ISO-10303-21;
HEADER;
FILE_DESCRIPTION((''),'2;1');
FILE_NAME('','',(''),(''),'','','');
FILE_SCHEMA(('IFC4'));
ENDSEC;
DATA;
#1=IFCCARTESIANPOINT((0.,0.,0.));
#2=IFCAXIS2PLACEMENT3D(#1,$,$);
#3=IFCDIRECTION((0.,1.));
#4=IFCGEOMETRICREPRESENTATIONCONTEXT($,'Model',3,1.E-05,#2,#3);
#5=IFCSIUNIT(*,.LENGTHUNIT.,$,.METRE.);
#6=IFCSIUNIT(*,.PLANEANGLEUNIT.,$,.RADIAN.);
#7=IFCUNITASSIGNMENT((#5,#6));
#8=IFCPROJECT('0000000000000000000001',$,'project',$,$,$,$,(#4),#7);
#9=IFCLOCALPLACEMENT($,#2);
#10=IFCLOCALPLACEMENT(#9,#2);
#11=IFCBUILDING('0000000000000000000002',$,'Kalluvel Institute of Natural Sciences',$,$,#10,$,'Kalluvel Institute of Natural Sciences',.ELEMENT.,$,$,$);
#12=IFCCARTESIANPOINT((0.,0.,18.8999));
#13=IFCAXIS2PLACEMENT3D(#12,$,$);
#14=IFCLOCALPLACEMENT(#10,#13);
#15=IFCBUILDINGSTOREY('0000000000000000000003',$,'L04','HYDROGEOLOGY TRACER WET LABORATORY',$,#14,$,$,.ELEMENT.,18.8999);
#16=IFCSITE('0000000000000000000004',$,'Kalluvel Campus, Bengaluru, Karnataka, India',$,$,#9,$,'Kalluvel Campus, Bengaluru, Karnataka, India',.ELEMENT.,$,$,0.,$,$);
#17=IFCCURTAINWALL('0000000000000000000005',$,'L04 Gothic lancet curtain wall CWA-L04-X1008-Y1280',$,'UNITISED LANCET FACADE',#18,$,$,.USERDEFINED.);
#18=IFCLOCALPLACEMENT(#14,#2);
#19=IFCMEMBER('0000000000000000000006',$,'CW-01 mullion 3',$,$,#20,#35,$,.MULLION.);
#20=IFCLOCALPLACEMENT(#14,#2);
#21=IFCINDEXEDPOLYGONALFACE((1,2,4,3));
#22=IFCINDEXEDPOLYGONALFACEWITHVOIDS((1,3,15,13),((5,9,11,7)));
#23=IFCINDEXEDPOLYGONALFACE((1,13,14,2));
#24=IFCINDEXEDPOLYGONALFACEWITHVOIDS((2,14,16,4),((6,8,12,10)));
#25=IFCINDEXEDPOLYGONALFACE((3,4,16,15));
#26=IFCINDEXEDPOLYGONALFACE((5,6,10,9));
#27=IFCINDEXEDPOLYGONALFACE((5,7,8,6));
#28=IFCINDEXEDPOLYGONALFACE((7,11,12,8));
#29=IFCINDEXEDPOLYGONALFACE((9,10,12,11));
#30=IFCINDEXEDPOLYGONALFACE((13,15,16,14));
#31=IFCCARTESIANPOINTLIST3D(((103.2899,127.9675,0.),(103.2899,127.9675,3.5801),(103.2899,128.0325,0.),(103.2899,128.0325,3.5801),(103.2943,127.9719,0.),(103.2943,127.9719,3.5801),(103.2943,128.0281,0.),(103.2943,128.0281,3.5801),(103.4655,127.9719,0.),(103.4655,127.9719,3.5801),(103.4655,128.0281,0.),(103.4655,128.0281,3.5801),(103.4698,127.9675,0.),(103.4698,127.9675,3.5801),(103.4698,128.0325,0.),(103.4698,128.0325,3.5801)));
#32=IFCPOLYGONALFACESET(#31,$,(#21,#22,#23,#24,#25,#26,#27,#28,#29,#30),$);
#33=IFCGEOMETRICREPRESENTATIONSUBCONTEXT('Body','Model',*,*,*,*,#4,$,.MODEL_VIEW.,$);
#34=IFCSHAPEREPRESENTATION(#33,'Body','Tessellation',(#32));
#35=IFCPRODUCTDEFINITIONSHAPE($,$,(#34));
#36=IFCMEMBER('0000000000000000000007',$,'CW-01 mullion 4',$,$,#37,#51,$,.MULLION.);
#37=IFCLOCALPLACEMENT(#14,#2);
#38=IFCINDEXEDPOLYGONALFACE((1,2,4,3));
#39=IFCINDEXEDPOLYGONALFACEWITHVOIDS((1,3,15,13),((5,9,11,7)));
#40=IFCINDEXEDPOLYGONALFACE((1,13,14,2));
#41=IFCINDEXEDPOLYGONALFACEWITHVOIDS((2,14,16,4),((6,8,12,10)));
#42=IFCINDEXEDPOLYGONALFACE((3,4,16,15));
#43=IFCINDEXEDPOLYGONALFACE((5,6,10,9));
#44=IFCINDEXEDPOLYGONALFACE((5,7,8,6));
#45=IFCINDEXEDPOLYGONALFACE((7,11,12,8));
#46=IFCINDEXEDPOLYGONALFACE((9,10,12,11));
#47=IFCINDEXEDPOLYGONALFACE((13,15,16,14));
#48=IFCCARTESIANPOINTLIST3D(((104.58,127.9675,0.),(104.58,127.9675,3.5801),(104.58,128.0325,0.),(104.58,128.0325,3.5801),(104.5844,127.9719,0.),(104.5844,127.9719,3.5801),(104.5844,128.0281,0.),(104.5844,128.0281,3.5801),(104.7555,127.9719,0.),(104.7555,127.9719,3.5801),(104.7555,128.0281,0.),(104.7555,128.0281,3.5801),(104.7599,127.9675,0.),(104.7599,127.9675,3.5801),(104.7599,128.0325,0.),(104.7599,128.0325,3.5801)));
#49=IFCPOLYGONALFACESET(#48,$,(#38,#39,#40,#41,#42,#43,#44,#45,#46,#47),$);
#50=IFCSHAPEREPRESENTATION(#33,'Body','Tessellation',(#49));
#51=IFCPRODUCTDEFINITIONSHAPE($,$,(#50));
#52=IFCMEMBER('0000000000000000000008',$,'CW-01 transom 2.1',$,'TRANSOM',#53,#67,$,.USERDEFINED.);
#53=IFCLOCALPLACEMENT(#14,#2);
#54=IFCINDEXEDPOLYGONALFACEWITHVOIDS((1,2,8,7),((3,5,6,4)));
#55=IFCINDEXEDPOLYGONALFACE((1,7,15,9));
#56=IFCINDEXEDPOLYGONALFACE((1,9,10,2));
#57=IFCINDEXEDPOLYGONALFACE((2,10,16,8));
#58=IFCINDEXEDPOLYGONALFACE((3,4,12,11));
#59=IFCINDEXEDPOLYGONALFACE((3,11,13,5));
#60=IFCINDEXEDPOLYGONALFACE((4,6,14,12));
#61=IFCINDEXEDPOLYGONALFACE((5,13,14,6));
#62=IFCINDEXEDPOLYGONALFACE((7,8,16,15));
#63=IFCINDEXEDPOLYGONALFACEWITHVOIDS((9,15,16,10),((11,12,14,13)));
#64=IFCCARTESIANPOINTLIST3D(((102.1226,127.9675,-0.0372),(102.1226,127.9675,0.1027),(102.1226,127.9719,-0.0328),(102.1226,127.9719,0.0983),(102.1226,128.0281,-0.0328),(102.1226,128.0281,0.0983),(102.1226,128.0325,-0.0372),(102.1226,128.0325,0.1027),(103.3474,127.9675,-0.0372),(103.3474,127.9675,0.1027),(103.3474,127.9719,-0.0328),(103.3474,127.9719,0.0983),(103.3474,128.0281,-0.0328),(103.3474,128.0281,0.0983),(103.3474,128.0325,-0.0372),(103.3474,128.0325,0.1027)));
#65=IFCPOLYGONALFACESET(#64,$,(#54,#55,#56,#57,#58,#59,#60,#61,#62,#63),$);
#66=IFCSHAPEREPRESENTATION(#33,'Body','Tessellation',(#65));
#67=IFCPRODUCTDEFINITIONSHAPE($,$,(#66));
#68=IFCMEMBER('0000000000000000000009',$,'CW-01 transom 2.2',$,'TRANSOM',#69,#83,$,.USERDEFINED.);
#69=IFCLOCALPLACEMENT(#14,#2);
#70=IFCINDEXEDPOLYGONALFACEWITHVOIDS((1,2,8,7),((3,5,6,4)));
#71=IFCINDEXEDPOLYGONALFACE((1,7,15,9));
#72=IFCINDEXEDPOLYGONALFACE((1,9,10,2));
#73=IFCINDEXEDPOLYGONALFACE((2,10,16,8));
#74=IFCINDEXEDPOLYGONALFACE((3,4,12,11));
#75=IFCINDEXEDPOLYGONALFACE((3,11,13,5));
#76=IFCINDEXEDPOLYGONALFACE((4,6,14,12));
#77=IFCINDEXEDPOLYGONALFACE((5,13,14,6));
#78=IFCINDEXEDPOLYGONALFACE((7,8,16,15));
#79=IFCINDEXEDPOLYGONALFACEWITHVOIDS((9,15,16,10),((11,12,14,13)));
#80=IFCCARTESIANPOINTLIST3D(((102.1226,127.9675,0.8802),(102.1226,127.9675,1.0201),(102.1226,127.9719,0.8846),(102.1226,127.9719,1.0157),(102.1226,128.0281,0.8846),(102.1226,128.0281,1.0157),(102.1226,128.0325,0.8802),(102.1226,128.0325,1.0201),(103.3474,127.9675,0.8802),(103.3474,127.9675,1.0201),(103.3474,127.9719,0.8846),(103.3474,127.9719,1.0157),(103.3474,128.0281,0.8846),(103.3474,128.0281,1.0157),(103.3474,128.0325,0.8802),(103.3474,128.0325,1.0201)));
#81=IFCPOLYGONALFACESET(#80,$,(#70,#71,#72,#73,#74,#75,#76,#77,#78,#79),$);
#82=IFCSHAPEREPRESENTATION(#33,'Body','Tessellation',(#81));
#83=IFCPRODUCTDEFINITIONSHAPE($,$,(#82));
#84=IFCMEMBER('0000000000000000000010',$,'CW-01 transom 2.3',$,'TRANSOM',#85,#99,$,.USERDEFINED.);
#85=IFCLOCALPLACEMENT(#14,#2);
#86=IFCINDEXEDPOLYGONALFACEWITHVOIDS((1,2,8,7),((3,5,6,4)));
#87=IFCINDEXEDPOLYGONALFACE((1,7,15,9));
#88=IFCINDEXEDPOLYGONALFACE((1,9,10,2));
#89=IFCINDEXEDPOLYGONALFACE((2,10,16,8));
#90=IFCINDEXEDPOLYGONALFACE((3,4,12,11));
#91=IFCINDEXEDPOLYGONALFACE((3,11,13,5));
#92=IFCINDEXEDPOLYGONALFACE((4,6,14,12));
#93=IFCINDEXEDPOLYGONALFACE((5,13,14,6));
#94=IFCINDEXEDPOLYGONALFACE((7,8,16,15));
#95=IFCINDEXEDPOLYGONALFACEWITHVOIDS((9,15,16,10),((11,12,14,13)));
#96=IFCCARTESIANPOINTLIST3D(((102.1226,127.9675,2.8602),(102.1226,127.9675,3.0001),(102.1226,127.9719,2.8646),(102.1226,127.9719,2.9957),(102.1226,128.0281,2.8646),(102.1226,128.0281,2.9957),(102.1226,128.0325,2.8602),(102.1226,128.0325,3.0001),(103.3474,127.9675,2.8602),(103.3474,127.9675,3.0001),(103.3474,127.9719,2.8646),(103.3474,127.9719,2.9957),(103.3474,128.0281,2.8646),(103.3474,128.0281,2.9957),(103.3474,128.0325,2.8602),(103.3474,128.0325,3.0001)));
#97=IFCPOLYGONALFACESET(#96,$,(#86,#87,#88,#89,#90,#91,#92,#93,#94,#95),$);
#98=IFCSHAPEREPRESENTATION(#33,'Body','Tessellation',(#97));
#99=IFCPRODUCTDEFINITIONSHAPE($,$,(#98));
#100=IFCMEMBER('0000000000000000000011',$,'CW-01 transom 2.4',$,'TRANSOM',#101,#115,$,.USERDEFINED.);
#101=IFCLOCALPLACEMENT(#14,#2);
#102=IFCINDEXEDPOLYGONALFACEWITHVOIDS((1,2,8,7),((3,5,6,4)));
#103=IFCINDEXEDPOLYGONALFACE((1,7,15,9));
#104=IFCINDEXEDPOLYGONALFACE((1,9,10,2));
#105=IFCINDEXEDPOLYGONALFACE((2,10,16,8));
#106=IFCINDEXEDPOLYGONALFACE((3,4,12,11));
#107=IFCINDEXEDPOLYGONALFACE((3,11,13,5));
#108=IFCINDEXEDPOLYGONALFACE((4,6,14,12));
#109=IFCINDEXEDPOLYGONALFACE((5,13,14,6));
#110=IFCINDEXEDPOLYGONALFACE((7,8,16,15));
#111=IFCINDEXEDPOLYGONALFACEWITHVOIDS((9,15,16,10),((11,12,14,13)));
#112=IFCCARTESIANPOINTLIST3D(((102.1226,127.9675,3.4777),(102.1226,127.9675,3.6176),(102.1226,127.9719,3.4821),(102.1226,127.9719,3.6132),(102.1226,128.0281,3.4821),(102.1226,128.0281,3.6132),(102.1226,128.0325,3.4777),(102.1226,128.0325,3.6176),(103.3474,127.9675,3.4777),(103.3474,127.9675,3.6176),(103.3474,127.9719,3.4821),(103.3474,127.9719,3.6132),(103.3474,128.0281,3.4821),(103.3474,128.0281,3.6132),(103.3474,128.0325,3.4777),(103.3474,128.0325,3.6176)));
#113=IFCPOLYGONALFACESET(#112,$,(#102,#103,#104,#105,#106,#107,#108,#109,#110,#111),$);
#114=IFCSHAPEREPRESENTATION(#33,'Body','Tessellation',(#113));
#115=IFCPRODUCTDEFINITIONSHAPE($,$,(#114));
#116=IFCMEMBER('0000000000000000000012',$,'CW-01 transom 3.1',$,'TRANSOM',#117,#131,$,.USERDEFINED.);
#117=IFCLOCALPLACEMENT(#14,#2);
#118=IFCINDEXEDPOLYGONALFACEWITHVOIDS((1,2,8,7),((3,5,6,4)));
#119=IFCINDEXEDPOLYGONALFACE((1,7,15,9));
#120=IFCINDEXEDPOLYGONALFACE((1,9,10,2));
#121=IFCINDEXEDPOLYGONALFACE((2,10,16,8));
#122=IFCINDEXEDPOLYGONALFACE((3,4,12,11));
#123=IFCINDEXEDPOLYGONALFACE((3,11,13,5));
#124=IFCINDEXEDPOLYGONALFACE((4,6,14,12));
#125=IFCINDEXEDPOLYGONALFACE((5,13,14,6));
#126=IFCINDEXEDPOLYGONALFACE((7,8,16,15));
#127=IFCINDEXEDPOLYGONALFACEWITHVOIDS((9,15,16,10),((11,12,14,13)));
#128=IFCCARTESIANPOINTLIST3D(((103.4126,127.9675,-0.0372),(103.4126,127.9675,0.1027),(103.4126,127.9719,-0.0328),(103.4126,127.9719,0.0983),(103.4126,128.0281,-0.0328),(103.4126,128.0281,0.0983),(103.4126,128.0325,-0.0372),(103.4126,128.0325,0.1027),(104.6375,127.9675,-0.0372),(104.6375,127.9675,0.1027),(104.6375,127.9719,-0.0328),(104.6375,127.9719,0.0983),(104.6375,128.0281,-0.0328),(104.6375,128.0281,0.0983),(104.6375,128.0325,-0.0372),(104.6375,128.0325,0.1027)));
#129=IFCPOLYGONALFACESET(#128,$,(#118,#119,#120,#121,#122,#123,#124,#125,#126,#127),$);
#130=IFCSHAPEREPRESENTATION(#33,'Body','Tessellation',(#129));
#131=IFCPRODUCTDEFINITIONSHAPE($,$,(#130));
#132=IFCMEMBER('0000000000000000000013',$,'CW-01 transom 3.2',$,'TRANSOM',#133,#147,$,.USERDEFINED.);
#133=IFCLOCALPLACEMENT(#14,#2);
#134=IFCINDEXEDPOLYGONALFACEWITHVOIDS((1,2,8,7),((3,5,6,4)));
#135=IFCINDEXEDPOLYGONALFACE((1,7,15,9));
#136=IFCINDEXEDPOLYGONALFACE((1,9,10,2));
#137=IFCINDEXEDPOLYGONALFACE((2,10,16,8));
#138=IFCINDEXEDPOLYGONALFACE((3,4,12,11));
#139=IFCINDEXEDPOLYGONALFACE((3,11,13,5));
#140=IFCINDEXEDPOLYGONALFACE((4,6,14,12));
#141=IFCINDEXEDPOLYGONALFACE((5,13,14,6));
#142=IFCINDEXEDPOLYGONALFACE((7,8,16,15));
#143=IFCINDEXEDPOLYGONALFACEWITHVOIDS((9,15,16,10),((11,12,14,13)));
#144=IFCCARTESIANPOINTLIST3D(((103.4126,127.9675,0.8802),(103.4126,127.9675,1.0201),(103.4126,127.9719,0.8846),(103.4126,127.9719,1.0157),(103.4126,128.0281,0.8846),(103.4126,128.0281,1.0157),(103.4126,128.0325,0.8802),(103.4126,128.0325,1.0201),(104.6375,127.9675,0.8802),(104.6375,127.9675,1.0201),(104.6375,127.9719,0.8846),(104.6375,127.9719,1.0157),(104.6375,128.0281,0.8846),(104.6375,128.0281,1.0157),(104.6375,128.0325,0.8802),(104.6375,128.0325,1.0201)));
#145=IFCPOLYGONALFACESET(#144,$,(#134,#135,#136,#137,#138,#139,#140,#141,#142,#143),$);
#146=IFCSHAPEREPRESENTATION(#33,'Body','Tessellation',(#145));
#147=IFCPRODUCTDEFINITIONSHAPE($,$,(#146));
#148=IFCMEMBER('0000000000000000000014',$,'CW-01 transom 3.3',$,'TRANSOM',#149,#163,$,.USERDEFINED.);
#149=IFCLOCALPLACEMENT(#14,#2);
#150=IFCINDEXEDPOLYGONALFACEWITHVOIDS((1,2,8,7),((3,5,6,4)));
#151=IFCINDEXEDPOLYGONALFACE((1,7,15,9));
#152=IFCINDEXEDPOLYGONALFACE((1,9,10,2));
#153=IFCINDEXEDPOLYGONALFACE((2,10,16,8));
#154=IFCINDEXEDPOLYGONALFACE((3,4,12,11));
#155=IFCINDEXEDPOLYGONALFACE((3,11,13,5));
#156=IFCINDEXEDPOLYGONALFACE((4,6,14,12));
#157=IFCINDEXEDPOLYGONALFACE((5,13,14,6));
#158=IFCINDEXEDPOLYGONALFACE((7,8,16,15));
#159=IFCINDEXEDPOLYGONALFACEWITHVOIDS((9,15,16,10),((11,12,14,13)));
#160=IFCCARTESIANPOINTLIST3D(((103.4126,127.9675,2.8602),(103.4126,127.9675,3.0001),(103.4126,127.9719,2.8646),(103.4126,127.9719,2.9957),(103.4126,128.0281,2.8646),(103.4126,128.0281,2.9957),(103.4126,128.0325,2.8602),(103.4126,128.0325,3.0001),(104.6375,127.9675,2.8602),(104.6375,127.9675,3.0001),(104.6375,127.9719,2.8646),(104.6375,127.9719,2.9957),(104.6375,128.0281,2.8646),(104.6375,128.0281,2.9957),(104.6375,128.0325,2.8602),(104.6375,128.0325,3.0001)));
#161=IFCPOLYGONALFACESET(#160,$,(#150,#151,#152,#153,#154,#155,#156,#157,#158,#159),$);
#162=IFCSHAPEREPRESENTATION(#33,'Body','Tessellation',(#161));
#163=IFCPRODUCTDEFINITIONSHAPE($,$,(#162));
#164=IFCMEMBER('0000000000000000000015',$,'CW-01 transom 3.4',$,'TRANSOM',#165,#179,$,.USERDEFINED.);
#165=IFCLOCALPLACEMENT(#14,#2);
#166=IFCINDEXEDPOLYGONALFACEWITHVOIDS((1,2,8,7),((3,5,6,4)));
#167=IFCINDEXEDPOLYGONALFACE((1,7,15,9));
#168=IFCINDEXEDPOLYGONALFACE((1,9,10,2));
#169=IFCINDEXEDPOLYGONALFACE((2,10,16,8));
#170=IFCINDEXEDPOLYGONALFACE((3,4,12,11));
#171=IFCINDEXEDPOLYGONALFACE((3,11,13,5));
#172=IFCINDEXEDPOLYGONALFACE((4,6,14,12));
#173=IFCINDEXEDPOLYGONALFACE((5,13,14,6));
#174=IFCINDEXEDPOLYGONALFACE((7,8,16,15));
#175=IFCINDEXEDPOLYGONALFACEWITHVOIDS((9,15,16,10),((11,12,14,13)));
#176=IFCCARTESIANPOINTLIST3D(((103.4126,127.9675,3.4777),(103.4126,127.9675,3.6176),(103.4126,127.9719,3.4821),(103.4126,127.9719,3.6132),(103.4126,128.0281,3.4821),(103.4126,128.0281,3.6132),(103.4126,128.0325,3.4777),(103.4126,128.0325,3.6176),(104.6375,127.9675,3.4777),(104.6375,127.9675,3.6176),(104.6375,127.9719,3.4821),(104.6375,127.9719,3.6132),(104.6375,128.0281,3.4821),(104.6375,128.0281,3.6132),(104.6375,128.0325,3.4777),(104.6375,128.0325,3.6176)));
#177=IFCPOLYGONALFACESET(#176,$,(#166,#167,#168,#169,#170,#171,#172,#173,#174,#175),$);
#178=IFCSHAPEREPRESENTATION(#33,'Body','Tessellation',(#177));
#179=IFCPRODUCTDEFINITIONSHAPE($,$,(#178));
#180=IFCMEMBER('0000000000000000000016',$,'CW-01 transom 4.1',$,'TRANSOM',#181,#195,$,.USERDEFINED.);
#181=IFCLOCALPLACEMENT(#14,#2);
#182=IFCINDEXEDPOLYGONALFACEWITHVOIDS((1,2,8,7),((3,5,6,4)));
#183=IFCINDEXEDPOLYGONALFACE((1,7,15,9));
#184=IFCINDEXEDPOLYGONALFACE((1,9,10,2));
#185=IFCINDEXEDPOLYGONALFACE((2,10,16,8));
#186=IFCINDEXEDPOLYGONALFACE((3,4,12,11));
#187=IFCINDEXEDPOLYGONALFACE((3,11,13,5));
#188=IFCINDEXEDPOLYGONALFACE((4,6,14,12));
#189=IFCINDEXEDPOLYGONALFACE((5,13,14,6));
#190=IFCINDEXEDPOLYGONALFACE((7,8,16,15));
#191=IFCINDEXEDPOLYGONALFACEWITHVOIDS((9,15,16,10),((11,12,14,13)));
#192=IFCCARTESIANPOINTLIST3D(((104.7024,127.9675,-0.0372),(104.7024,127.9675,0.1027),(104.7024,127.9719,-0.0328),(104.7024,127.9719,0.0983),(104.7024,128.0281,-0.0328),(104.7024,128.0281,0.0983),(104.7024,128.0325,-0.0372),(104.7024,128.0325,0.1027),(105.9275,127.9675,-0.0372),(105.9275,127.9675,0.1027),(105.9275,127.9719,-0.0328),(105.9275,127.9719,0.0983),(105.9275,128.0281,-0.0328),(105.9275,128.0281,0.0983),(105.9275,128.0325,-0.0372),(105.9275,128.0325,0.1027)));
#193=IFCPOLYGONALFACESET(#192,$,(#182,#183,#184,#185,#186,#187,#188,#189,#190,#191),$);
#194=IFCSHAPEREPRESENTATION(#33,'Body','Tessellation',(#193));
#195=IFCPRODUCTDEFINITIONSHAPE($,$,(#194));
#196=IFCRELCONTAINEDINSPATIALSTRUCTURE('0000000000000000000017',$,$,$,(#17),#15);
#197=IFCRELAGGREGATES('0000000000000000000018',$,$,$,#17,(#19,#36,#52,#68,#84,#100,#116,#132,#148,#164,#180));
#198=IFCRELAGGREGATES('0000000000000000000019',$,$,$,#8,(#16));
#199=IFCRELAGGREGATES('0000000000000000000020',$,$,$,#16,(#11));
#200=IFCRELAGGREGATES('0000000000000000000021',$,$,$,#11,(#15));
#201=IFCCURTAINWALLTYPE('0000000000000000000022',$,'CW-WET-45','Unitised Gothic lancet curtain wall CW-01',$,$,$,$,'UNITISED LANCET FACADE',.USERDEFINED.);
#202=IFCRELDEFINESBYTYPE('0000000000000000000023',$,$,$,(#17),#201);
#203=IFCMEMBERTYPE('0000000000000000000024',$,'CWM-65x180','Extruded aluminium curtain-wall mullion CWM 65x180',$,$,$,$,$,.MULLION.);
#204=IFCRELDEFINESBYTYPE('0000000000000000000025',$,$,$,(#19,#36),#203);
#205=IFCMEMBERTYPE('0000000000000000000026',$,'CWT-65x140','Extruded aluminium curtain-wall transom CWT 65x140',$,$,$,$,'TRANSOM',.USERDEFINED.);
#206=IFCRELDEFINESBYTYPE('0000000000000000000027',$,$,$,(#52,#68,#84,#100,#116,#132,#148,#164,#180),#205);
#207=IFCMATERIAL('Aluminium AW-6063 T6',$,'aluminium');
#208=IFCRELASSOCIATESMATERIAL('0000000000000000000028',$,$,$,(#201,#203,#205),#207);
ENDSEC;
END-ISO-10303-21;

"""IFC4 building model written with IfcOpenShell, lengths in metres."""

from ifc_helpers import new_model, si_unit, direction, frame, origin, origin_2d, place, context, subcontext, project, spatial, hollow_rectangle, extrude, material, material_profile, profile_set, type_object, element, aggregate, save


model = new_model("IFC4")

# Units and contexts
model_context = context("Model", 3, precision=1e-05, world=origin(), true_north=direction((0.0, 1.0)))
body_context = subcontext(model_context, "Body", "Model", "MODEL_VIEW")
ifc_project = project(units=[si_unit("LENGTHUNIT", "METRE"), si_unit("PLANEANGLEUNIT", "RADIAN")], contexts=[model_context])

# Site, building, storey
site_placement = place(None, origin())
site = spatial("IfcSite", under=ifc_project, at=site_placement, Name="Kalluvel Campus, Bengaluru, Karnataka, India", LongName="Kalluvel Campus, Bengaluru, Karnataka, India", CompositionType="ELEMENT", RefElevation=0.0)
building_placement = place(site_placement, origin())
building = spatial("IfcBuilding", under=site, at=building_placement, Name="Kalluvel Institute of Natural Sciences", LongName="Kalluvel Institute of Natural Sciences", CompositionType="ELEMENT")
storey_placement = place(building_placement, frame((0.0, 0.0, 18.8999)))
storey = spatial("IfcBuildingStorey", under=building, at=storey_placement, Name="L04", Description="HYDROGEOLOGY TRACER WET LABORATORY", CompositionType="ELEMENT", Elevation=18.8999)

# Curtain wall, members
ifc_material_1 = material(Name="Aluminium AW-6063 T6", Category="aluminium")
curtain_wall_type = type_object("IfcCurtainWallType", Name="CW-WET-45", Description="Unitised Gothic lancet curtain wall CW-01", ElementType="UNITISED LANCET FACADE", PredefinedType="USERDEFINED", material=ifc_material_1)
curtain_wall_placement = place(storey_placement, origin())
curtain_wall = element("IfcCurtainWall", 1, at=curtain_wall_placement, inside=storey, type_object=curtain_wall_type, Name="L04 Gothic lancet curtain wall CWA-L04-X1008-Y1280", ObjectType="UNITISED LANCET FACADE", PredefinedType="USERDEFINED")
ifc_material_profile_1 = material_profile(ifc_material_1, hollow_rectangle(XDim=0.0649, YDim=0.1799, WallThickness=0.0044, at=origin_2d()), Name="CWM 65x180")
ifc_profile_set_1 = profile_set([ifc_material_profile_1], Name="Aluminium AW-6063 T6")
member_type_1 = type_object("IfcMemberType", Name="CWM-65x180", Description="Extruded aluminium curtain-wall mullion CWM 65x180", PredefinedType="MULLION", material=ifc_profile_set_1)
member_1_placement = place(storey_placement, frame((103.3799, 128.0, 0.0), z_axis=(0.0, 0.0, 1.0), x_axis=(0.0, 1.0, 0.0)))
member_1 = element("IfcMember", 2, at=member_1_placement, type_object=member_type_1, Name="CW-01 mullion 3", PredefinedType="MULLION", context=body_context, shape_type="SweptSolid", body=[
    extrude(hollow_rectangle(XDim=0.0649, YDim=0.1799, WallThickness=0.0044, at=origin_2d()), origin(), (0.0, 0.0, 1.0), 3.5801),
])
member_2_placement = place(storey_placement, frame((104.6699, 128.0, 0.0), z_axis=(0.0, 0.0, 1.0), x_axis=(0.0, 1.0, 0.0)))
member_2 = element("IfcMember", 3, at=member_2_placement, type_object=member_type_1, Name="CW-01 mullion 4", PredefinedType="MULLION", context=body_context, shape_type="SweptSolid", body=[
    extrude(hollow_rectangle(XDim=0.0649, YDim=0.1799, WallThickness=0.0044, at=origin_2d()), origin(), (0.0, 0.0, 1.0), 3.5801),
])
ifc_material_profile_2 = material_profile(ifc_material_1, hollow_rectangle(XDim=0.0649, YDim=0.1399, WallThickness=0.0044, at=origin_2d()), Name="CWT 65x140")
ifc_profile_set_2 = profile_set([ifc_material_profile_2], Name="Aluminium AW-6063 T6")
member_type_2 = type_object("IfcMemberType", Name="CWT-65x140", Description="Extruded aluminium curtain-wall transom CWT 65x140", ElementType="TRANSOM", PredefinedType="USERDEFINED", material=ifc_profile_set_2)
member_3_placement = place(storey_placement, frame((102.1226, 128.0, 0.0327), z_axis=(1.0, 0.0, 0.0), x_axis=(0.0, 1.0, 0.0)))
member_3 = element("IfcMember", 4, at=member_3_placement, type_object=member_type_2, Name="CW-01 transom 2.1", ObjectType="TRANSOM", PredefinedType="USERDEFINED", context=body_context, shape_type="SweptSolid", body=[
    extrude(hollow_rectangle(XDim=0.0649, YDim=0.1399, WallThickness=0.0044, at=origin_2d()), origin(), (0.0, 0.0, 1.0), 1.2249),
])
member_4_placement = place(storey_placement, frame((102.1226, 128.0, 0.9502), z_axis=(1.0, 0.0, 0.0), x_axis=(0.0, 1.0, 0.0)))
member_4 = element("IfcMember", 5, at=member_4_placement, type_object=member_type_2, Name="CW-01 transom 2.2", ObjectType="TRANSOM", PredefinedType="USERDEFINED", context=body_context, shape_type="SweptSolid", body=[
    extrude(hollow_rectangle(XDim=0.0649, YDim=0.1399, WallThickness=0.0044, at=origin_2d()), origin(), (0.0, 0.0, 1.0), 1.2249),
])
member_5_placement = place(storey_placement, frame((102.1226, 128.0, 2.9302), z_axis=(1.0, 0.0, 0.0), x_axis=(0.0, 1.0, 0.0)))
member_5 = element("IfcMember", 6, at=member_5_placement, type_object=member_type_2, Name="CW-01 transom 2.3", ObjectType="TRANSOM", PredefinedType="USERDEFINED", context=body_context, shape_type="SweptSolid", body=[
    extrude(hollow_rectangle(XDim=0.0649, YDim=0.1399, WallThickness=0.0044, at=origin_2d()), origin(), (0.0, 0.0, 1.0), 1.2249),
])
member_6_placement = place(storey_placement, frame((102.1226, 128.0, 3.5476), z_axis=(1.0, 0.0, 0.0), x_axis=(0.0, 1.0, 0.0)))
member_6 = element("IfcMember", 7, at=member_6_placement, type_object=member_type_2, Name="CW-01 transom 2.4", ObjectType="TRANSOM", PredefinedType="USERDEFINED", context=body_context, shape_type="SweptSolid", body=[
    extrude(hollow_rectangle(XDim=0.0649, YDim=0.1399, WallThickness=0.0044, at=origin_2d()), origin(), (0.0, 0.0, 1.0), 1.2249),
])
member_7_placement = place(storey_placement, frame((103.4126, 128.0, 0.0327), z_axis=(1.0, 0.0, 0.0), x_axis=(0.0, 1.0, 0.0)))
member_7 = element("IfcMember", 8, at=member_7_placement, type_object=member_type_2, Name="CW-01 transom 3.1", ObjectType="TRANSOM", PredefinedType="USERDEFINED", context=body_context, shape_type="SweptSolid", body=[
    extrude(hollow_rectangle(XDim=0.0649, YDim=0.1399, WallThickness=0.0044, at=origin_2d()), origin(), (0.0, 0.0, 1.0), 1.2249),
])
member_8_placement = place(storey_placement, frame((103.4126, 128.0, 0.9502), z_axis=(1.0, 0.0, 0.0), x_axis=(0.0, 1.0, 0.0)))
member_8 = element("IfcMember", 9, at=member_8_placement, type_object=member_type_2, Name="CW-01 transom 3.2", ObjectType="TRANSOM", PredefinedType="USERDEFINED", context=body_context, shape_type="SweptSolid", body=[
    extrude(hollow_rectangle(XDim=0.0649, YDim=0.1399, WallThickness=0.0044, at=origin_2d()), origin(), (0.0, 0.0, 1.0), 1.2249),
])
member_9_placement = place(storey_placement, frame((103.4126, 128.0, 2.9302), z_axis=(1.0, 0.0, 0.0), x_axis=(0.0, 1.0, 0.0)))
member_9 = element("IfcMember", 10, at=member_9_placement, type_object=member_type_2, Name="CW-01 transom 3.3", ObjectType="TRANSOM", PredefinedType="USERDEFINED", context=body_context, shape_type="SweptSolid", body=[
    extrude(hollow_rectangle(XDim=0.0649, YDim=0.1399, WallThickness=0.0044, at=origin_2d()), origin(), (0.0, 0.0, 1.0), 1.2249),
])
member_10_placement = place(storey_placement, frame((103.4126, 128.0, 3.5476), z_axis=(1.0, 0.0, 0.0), x_axis=(0.0, 1.0, 0.0)))
member_10 = element("IfcMember", 11, at=member_10_placement, type_object=member_type_2, Name="CW-01 transom 3.4", ObjectType="TRANSOM", PredefinedType="USERDEFINED", context=body_context, shape_type="SweptSolid", body=[
    extrude(hollow_rectangle(XDim=0.0649, YDim=0.1399, WallThickness=0.0044, at=origin_2d()), origin(), (0.0, 0.0, 1.0), 1.2249),
])
member_11_placement = place(storey_placement, frame((104.7024, 128.0, 0.0327), z_axis=(1.0, 0.0, 0.0), x_axis=(0.0, 1.0, 0.0)))
member_11 = element("IfcMember", 12, at=member_11_placement, type_object=member_type_2, Name="CW-01 transom 4.1", ObjectType="TRANSOM", PredefinedType="USERDEFINED", context=body_context, shape_type="SweptSolid", body=[
    extrude(hollow_rectangle(XDim=0.0649, YDim=0.1399, WallThickness=0.0044, at=origin_2d()), origin(), (0.0, 0.0, 1.0), 1.2251),
])
aggregate(curtain_wall, [member_1, member_2, member_3, member_4, member_5, member_6, member_7, member_8, member_9, member_10, member_11])

save(model, "model.ifc")
